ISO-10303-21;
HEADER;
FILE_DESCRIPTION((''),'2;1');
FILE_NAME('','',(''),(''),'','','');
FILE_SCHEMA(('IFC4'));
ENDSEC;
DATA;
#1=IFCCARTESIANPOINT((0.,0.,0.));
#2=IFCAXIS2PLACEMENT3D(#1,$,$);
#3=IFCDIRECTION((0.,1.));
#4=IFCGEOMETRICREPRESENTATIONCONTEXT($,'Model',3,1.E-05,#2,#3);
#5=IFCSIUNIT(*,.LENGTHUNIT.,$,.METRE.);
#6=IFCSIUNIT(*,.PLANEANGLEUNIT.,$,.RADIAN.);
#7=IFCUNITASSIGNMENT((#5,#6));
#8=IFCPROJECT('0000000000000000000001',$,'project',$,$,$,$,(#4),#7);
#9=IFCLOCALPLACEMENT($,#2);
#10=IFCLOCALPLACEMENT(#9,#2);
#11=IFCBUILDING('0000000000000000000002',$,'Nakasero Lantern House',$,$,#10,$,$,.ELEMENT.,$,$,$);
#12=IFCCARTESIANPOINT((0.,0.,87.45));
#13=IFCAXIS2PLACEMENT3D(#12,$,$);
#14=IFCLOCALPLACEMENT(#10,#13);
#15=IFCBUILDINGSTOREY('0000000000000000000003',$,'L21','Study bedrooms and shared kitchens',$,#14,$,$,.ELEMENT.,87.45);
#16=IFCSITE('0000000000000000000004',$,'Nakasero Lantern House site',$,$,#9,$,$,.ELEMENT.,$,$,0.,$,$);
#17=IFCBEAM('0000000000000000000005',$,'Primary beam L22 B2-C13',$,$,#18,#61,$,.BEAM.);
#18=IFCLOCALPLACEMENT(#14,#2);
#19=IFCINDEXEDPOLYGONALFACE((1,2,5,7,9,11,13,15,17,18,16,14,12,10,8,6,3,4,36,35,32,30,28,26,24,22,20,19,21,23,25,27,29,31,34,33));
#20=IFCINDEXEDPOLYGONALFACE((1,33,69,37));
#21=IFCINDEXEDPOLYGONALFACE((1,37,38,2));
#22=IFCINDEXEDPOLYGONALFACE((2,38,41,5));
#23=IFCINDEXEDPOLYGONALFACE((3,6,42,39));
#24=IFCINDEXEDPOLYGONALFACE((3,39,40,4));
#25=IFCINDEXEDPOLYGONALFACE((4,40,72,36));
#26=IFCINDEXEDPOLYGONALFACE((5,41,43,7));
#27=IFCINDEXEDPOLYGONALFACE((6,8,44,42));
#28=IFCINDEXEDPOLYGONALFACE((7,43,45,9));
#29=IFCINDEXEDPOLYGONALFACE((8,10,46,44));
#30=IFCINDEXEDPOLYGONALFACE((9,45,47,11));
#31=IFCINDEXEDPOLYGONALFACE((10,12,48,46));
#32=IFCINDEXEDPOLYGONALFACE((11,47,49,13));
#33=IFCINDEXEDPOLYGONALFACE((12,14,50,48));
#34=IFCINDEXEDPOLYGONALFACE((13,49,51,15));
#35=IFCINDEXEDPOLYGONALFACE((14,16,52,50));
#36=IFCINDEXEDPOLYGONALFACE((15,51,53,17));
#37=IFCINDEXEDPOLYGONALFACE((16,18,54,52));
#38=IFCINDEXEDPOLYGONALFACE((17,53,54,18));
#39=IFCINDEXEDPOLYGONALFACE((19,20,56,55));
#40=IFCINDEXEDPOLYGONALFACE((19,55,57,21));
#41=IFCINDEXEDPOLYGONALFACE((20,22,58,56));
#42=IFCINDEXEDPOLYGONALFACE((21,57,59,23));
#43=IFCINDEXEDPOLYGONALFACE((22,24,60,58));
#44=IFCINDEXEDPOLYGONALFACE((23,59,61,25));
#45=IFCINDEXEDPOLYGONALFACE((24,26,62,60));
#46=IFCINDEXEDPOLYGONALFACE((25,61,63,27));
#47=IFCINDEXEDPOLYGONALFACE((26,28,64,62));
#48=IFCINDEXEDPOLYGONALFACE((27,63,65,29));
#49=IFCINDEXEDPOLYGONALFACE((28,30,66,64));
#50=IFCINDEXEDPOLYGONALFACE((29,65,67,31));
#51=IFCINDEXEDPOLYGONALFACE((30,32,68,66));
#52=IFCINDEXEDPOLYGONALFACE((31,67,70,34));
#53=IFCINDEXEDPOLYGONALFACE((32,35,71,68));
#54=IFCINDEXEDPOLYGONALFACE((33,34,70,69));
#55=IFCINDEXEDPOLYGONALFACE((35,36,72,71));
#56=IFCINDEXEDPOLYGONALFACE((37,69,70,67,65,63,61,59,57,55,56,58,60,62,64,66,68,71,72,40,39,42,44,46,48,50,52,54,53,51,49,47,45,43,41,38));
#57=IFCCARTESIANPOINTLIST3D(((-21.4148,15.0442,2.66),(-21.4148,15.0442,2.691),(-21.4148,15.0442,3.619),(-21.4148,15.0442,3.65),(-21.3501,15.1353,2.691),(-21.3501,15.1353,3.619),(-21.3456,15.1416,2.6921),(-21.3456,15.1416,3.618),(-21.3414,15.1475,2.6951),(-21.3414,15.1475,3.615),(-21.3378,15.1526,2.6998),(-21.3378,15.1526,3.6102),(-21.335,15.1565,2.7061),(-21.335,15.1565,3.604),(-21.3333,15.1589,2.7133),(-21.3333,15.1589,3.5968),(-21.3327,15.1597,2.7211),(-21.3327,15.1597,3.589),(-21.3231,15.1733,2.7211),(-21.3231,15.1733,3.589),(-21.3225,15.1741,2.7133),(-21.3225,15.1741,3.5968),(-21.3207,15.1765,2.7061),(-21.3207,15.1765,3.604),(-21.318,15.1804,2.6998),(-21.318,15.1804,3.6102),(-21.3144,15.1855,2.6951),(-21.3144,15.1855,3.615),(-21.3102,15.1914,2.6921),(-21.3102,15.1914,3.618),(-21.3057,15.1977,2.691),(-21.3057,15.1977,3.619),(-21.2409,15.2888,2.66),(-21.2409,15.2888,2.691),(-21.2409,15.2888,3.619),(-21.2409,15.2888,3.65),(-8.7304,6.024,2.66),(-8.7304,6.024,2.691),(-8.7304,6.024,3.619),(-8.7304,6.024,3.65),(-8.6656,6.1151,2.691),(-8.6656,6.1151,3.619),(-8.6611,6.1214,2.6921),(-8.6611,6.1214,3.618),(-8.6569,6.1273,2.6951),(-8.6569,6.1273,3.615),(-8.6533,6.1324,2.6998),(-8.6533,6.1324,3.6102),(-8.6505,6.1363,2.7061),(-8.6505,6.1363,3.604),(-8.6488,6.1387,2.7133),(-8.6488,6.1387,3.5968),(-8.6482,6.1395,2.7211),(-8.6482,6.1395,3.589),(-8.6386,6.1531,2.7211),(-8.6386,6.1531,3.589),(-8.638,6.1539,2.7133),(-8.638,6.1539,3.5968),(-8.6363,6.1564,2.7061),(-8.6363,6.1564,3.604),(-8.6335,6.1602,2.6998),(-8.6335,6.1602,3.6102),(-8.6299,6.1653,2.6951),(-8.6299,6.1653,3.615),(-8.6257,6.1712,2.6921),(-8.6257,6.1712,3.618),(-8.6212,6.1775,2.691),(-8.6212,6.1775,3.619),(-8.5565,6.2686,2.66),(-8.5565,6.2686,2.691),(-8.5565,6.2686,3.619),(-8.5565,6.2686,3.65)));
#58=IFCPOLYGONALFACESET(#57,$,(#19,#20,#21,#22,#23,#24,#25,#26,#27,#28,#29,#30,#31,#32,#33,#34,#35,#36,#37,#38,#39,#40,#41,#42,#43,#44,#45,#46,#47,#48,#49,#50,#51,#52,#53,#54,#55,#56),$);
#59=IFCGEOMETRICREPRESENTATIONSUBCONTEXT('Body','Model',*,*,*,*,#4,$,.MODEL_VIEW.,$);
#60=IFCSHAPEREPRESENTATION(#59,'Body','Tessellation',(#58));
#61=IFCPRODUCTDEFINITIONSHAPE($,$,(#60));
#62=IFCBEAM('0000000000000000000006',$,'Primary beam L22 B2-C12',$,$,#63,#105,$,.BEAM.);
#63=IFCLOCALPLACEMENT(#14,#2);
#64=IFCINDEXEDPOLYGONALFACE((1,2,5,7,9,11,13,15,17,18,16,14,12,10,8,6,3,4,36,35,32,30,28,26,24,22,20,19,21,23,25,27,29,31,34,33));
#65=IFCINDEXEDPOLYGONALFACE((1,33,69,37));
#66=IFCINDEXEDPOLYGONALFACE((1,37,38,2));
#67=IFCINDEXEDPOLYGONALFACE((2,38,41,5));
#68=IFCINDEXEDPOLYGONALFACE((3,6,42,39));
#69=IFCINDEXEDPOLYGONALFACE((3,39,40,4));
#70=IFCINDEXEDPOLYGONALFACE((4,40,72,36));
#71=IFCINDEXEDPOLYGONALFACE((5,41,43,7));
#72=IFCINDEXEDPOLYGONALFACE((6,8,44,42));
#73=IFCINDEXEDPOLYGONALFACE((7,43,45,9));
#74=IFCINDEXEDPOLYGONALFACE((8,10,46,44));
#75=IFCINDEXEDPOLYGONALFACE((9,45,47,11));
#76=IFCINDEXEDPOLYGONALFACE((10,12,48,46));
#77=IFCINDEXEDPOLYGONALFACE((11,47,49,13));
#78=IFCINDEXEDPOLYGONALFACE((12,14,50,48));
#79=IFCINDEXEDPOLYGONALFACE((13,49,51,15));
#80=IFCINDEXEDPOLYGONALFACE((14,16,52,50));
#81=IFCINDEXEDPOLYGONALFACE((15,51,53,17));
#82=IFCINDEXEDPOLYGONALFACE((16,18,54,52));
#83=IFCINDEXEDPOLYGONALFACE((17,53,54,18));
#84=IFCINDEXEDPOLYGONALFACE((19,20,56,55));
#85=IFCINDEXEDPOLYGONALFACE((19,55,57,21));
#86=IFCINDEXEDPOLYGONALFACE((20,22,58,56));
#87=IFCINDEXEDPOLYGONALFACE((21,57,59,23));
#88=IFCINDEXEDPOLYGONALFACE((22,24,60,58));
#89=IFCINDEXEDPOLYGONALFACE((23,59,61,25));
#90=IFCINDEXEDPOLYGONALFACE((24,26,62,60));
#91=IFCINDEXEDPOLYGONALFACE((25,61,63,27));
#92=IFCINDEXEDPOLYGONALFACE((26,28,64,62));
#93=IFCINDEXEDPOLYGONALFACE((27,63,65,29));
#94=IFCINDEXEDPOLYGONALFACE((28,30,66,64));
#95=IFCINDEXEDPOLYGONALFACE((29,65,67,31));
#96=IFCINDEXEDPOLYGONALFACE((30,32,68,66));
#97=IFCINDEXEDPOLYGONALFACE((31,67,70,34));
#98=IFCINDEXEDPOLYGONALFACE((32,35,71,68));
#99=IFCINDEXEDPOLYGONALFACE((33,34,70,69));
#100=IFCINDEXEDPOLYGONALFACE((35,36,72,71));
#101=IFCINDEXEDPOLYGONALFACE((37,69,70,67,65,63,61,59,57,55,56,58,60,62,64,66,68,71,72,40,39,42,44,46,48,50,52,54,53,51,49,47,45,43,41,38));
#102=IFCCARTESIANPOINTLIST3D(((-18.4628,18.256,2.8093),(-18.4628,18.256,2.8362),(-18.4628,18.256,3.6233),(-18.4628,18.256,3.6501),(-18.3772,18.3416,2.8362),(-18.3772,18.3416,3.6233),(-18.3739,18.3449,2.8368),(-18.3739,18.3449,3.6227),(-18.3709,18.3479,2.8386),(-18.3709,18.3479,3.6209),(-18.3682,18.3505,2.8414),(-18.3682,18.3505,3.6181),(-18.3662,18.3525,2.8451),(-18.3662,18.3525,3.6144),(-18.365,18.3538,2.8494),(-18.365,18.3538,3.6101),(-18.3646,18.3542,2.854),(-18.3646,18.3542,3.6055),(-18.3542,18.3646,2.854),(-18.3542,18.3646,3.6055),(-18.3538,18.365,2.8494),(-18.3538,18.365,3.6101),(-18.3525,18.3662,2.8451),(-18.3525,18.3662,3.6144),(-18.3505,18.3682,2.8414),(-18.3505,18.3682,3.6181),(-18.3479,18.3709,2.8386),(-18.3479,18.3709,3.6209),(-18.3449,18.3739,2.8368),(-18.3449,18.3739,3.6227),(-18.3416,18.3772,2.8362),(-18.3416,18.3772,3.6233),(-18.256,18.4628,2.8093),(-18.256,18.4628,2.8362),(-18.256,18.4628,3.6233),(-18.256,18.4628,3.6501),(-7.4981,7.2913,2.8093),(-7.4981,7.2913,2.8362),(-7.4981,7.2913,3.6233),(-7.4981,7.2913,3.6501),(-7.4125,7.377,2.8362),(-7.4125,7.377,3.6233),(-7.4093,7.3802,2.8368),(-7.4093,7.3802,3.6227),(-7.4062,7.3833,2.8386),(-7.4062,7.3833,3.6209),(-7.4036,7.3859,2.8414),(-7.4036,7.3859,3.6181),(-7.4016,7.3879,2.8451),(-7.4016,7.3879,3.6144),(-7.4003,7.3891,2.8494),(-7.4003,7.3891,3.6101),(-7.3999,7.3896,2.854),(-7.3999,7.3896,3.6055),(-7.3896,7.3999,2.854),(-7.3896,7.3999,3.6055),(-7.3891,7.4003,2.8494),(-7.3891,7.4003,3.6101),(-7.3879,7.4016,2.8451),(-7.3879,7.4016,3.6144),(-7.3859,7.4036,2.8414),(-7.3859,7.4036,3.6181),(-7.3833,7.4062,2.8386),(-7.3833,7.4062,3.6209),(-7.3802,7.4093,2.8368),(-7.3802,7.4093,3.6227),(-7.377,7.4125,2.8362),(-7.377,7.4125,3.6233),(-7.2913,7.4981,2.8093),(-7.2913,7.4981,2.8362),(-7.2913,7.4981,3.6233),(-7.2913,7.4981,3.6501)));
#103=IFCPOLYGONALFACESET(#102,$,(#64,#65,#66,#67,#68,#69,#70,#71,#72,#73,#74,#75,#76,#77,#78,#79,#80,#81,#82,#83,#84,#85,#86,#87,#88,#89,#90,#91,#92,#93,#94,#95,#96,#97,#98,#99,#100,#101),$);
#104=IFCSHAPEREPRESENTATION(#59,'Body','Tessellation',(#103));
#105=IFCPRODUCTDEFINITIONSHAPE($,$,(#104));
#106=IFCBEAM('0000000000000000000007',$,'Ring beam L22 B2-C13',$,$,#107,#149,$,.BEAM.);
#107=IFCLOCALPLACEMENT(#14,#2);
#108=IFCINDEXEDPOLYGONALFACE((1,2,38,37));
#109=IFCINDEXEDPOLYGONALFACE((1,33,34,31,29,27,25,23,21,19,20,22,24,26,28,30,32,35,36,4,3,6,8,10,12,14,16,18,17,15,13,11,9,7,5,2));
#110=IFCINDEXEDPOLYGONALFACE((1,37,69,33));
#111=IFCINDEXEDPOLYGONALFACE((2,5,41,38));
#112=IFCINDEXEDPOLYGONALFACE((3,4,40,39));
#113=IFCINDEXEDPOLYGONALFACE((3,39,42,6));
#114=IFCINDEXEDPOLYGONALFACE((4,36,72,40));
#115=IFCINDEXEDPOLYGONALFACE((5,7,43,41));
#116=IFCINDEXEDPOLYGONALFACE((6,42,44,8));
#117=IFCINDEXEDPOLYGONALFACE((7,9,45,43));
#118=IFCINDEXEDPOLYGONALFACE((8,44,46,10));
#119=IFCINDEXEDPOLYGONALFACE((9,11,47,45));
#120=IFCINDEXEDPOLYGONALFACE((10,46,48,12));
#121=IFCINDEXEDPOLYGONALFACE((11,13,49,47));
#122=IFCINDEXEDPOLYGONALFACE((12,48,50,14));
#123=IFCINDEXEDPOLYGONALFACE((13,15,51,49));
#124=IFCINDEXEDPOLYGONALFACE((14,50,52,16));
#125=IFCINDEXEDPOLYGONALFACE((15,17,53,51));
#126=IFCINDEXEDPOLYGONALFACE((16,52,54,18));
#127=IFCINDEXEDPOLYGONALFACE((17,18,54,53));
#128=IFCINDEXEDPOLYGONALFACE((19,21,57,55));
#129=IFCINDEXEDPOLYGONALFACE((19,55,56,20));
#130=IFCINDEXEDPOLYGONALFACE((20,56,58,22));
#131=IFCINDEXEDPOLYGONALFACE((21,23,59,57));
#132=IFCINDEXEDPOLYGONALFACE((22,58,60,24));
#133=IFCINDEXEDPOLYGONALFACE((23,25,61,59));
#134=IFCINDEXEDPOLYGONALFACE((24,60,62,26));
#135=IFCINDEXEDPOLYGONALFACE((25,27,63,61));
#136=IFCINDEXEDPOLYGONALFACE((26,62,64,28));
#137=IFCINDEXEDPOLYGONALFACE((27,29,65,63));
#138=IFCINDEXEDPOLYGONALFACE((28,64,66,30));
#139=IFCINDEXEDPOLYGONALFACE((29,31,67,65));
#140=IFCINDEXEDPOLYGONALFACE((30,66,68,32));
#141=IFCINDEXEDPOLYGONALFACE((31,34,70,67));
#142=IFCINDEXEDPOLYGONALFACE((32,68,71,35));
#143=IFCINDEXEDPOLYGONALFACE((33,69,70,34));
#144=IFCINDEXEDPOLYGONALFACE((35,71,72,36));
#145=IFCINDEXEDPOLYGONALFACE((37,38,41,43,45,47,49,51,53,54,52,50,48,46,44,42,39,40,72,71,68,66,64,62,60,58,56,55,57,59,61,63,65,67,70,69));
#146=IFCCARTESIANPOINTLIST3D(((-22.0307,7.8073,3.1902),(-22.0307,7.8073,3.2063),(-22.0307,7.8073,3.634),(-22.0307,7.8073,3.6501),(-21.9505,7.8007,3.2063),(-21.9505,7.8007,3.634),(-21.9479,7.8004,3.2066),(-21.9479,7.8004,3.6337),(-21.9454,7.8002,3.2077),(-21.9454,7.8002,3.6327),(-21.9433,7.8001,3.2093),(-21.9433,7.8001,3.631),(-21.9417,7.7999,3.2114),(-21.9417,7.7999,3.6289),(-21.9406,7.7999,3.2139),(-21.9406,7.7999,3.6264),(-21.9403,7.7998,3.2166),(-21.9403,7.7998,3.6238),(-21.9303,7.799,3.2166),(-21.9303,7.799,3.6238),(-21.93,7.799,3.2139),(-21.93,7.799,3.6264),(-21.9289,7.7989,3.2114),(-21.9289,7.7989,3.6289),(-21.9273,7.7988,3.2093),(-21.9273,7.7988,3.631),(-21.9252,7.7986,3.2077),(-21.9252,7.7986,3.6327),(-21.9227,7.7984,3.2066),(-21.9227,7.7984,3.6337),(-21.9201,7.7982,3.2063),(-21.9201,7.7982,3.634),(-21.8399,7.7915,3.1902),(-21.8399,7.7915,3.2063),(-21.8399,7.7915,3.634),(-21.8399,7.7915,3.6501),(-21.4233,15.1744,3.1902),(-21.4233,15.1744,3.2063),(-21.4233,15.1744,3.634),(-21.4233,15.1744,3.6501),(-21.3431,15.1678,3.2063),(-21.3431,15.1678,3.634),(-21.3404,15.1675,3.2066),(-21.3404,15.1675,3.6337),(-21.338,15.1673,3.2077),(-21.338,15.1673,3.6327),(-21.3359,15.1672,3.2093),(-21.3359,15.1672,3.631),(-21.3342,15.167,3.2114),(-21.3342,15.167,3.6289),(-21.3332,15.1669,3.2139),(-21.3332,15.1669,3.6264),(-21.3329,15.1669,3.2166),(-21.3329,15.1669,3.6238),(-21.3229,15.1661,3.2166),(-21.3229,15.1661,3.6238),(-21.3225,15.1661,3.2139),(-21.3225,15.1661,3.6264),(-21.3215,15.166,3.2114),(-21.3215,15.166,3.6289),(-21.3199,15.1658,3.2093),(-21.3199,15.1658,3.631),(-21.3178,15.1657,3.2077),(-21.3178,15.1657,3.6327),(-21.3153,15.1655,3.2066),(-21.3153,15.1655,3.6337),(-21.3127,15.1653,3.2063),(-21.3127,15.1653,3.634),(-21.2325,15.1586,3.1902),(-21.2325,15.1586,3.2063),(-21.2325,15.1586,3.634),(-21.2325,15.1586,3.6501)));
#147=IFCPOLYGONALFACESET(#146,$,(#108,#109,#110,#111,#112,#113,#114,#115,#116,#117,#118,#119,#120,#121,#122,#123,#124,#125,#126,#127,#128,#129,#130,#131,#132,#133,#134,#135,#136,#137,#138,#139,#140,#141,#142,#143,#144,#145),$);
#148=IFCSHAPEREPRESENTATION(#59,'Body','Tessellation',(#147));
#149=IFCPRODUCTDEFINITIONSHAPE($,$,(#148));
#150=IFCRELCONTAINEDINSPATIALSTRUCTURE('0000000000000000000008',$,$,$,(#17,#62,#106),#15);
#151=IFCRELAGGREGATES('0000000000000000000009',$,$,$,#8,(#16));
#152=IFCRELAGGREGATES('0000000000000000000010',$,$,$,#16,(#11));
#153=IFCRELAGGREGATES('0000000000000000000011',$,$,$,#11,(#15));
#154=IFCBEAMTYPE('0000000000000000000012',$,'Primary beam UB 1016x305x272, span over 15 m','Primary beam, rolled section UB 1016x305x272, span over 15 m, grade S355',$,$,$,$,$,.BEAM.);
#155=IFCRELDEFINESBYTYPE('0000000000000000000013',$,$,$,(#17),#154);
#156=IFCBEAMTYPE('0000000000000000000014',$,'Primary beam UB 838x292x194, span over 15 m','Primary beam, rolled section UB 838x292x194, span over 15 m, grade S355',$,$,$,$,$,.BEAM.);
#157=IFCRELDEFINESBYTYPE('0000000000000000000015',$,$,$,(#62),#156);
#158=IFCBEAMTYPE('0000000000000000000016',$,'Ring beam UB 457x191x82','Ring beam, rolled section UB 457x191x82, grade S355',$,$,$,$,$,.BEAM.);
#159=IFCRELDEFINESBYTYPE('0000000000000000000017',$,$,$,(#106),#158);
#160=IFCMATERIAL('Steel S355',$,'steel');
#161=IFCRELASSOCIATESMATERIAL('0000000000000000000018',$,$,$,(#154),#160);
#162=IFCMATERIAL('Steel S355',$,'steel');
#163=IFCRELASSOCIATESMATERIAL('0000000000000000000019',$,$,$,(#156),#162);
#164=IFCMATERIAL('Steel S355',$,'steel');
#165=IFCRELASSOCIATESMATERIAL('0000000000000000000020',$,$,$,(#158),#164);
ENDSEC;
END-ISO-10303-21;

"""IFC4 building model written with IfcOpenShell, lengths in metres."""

from ifc_helpers import new_model, si_unit, direction, frame, origin, origin_2d, place, context, subcontext, project, spatial, i_section, extrude, material, material_profile, profile_set, type_object, element, save


model = new_model("IFC4")

# Units and contexts
model_context = context("Model", 3, precision=1e-05, world=origin(), true_north=direction((0.0, 1.0)))
body_context = subcontext(model_context, "Body", "Model", "MODEL_VIEW")
ifc_project = project(units=[si_unit("LENGTHUNIT", "METRE"), si_unit("PLANEANGLEUNIT", "RADIAN")], contexts=[model_context])

# Site, building, storey
site_placement = place(None, origin())
site = spatial("IfcSite", under=ifc_project, at=site_placement, Name="Nakasero Lantern House site", CompositionType="ELEMENT", RefElevation=0.0)
building_placement = place(site_placement, origin())
building = spatial("IfcBuilding", under=site, at=building_placement, Name="Nakasero Lantern House", CompositionType="ELEMENT")
storey_placement = place(building_placement, frame((0.0, 0.0, 87.45)))
storey = spatial("IfcBuildingStorey", under=building, at=storey_placement, Name="L21", Description="Study bedrooms and shared kitchens", CompositionType="ELEMENT", Elevation=87.45)

# Beams
ifc_material_1 = material(Name="Steel S355", Category="steel")
ifc_material_profile_1 = material_profile(ifc_material_1, i_section(OverallWidth=0.3, OverallDepth=0.99, WebThickness=0.0166, FlangeThickness=0.031, FilletRadius=0.03, at=origin_2d()), Name="UB 1016x305x272")
ifc_profile_set_1 = profile_set([ifc_material_profile_1], Name="Steel S355")
beam_type_1 = type_object("IfcBeamType", Name="Primary beam UB 1016x305x272, span over 15 m", Description="Primary beam, rolled section UB 1016x305x272, span over 15 m, grade S355", PredefinedType="BEAM", material=ifc_profile_set_1)
beam_1_placement = place(storey_placement, frame((-21.3279, 15.1665, 3.155), z_axis=(0.814952, -0.579529, 0.0), x_axis=(0.579529, 0.814952, 0.0)))
element("IfcBeam", 1, at=beam_1_placement, inside=storey, type_object=beam_type_1, Name="Primary beam L22 B2-C13", PredefinedType="BEAM", context=body_context, shape_type="SweptSolid", body=[
    extrude(i_section(OverallWidth=0.3, OverallDepth=0.99, WebThickness=0.0166, FlangeThickness=0.031, FilletRadius=0.03, at=origin_2d()), origin(), (0.0, 0.0, 1.0), 15.5647),
])
ifc_material_2 = material(Name="Steel S355", Category="steel")
ifc_material_profile_2 = material_profile(ifc_material_2, i_section(OverallWidth=0.2925, OverallDepth=0.8408, WebThickness=0.0146, FlangeThickness=0.0269, FilletRadius=0.0178, at=origin_2d()), Name="UB 838x292x194")
ifc_profile_set_2 = profile_set([ifc_material_profile_2], Name="Steel S355")
beam_type_2 = type_object("IfcBeamType", Name="Primary beam UB 838x292x194, span over 15 m", Description="Primary beam, rolled section UB 838x292x194, span over 15 m, grade S355", PredefinedType="BEAM", material=ifc_profile_set_2)
beam_2_placement = place(storey_placement, frame((-18.3594, 18.3594, 3.2297), z_axis=(0.707107, -0.707107, 0.0), x_axis=(0.707107, 0.707107, 0.0)))
element("IfcBeam", 2, at=beam_2_placement, inside=storey, type_object=beam_type_2, Name="Primary beam L22 B2-C12", PredefinedType="BEAM", context=body_context, shape_type="SweptSolid", body=[
    extrude(i_section(OverallWidth=0.2925, OverallDepth=0.8408, WebThickness=0.0146, FlangeThickness=0.0269, FilletRadius=0.0178, at=origin_2d()), origin(), (0.0, 0.0, 1.0), 15.5063),
])
ifc_material_3 = material(Name="Steel S355", Category="steel")
ifc_material_profile_3 = material_profile(ifc_material_3, i_section(OverallWidth=0.1914, OverallDepth=0.46, WebThickness=0.01, FlangeThickness=0.0161, FilletRadius=0.0103, at=origin_2d()), Name="UB 457x191x82")
ifc_profile_set_3 = profile_set([ifc_material_profile_3], Name="Steel S355")
beam_type_3 = type_object("IfcBeamType", Name="Ring beam UB 457x191x82", Description="Ring beam, rolled section UB 457x191x82, grade S355", PredefinedType="BEAM", material=ifc_profile_set_3)
beam_3_placement = place(storey_placement, frame((-21.3279, 15.1665, 3.4202), z_axis=(-0.082171, -0.996618, 0.0), x_axis=(0.996618, -0.082171, 0.0)))
element("IfcBeam", 3, at=beam_3_placement, inside=storey, type_object=beam_type_3, Name="Ring beam L22 B2-C13", PredefinedType="BEAM", context=body_context, shape_type="SweptSolid", body=[
    extrude(i_section(OverallWidth=0.1914, OverallDepth=0.46, WebThickness=0.01, FlangeThickness=0.0161, FilletRadius=0.0103, at=origin_2d()), origin(), (0.0, 0.0, 1.0), 7.3921),
])

save(model, "model.ifc")
